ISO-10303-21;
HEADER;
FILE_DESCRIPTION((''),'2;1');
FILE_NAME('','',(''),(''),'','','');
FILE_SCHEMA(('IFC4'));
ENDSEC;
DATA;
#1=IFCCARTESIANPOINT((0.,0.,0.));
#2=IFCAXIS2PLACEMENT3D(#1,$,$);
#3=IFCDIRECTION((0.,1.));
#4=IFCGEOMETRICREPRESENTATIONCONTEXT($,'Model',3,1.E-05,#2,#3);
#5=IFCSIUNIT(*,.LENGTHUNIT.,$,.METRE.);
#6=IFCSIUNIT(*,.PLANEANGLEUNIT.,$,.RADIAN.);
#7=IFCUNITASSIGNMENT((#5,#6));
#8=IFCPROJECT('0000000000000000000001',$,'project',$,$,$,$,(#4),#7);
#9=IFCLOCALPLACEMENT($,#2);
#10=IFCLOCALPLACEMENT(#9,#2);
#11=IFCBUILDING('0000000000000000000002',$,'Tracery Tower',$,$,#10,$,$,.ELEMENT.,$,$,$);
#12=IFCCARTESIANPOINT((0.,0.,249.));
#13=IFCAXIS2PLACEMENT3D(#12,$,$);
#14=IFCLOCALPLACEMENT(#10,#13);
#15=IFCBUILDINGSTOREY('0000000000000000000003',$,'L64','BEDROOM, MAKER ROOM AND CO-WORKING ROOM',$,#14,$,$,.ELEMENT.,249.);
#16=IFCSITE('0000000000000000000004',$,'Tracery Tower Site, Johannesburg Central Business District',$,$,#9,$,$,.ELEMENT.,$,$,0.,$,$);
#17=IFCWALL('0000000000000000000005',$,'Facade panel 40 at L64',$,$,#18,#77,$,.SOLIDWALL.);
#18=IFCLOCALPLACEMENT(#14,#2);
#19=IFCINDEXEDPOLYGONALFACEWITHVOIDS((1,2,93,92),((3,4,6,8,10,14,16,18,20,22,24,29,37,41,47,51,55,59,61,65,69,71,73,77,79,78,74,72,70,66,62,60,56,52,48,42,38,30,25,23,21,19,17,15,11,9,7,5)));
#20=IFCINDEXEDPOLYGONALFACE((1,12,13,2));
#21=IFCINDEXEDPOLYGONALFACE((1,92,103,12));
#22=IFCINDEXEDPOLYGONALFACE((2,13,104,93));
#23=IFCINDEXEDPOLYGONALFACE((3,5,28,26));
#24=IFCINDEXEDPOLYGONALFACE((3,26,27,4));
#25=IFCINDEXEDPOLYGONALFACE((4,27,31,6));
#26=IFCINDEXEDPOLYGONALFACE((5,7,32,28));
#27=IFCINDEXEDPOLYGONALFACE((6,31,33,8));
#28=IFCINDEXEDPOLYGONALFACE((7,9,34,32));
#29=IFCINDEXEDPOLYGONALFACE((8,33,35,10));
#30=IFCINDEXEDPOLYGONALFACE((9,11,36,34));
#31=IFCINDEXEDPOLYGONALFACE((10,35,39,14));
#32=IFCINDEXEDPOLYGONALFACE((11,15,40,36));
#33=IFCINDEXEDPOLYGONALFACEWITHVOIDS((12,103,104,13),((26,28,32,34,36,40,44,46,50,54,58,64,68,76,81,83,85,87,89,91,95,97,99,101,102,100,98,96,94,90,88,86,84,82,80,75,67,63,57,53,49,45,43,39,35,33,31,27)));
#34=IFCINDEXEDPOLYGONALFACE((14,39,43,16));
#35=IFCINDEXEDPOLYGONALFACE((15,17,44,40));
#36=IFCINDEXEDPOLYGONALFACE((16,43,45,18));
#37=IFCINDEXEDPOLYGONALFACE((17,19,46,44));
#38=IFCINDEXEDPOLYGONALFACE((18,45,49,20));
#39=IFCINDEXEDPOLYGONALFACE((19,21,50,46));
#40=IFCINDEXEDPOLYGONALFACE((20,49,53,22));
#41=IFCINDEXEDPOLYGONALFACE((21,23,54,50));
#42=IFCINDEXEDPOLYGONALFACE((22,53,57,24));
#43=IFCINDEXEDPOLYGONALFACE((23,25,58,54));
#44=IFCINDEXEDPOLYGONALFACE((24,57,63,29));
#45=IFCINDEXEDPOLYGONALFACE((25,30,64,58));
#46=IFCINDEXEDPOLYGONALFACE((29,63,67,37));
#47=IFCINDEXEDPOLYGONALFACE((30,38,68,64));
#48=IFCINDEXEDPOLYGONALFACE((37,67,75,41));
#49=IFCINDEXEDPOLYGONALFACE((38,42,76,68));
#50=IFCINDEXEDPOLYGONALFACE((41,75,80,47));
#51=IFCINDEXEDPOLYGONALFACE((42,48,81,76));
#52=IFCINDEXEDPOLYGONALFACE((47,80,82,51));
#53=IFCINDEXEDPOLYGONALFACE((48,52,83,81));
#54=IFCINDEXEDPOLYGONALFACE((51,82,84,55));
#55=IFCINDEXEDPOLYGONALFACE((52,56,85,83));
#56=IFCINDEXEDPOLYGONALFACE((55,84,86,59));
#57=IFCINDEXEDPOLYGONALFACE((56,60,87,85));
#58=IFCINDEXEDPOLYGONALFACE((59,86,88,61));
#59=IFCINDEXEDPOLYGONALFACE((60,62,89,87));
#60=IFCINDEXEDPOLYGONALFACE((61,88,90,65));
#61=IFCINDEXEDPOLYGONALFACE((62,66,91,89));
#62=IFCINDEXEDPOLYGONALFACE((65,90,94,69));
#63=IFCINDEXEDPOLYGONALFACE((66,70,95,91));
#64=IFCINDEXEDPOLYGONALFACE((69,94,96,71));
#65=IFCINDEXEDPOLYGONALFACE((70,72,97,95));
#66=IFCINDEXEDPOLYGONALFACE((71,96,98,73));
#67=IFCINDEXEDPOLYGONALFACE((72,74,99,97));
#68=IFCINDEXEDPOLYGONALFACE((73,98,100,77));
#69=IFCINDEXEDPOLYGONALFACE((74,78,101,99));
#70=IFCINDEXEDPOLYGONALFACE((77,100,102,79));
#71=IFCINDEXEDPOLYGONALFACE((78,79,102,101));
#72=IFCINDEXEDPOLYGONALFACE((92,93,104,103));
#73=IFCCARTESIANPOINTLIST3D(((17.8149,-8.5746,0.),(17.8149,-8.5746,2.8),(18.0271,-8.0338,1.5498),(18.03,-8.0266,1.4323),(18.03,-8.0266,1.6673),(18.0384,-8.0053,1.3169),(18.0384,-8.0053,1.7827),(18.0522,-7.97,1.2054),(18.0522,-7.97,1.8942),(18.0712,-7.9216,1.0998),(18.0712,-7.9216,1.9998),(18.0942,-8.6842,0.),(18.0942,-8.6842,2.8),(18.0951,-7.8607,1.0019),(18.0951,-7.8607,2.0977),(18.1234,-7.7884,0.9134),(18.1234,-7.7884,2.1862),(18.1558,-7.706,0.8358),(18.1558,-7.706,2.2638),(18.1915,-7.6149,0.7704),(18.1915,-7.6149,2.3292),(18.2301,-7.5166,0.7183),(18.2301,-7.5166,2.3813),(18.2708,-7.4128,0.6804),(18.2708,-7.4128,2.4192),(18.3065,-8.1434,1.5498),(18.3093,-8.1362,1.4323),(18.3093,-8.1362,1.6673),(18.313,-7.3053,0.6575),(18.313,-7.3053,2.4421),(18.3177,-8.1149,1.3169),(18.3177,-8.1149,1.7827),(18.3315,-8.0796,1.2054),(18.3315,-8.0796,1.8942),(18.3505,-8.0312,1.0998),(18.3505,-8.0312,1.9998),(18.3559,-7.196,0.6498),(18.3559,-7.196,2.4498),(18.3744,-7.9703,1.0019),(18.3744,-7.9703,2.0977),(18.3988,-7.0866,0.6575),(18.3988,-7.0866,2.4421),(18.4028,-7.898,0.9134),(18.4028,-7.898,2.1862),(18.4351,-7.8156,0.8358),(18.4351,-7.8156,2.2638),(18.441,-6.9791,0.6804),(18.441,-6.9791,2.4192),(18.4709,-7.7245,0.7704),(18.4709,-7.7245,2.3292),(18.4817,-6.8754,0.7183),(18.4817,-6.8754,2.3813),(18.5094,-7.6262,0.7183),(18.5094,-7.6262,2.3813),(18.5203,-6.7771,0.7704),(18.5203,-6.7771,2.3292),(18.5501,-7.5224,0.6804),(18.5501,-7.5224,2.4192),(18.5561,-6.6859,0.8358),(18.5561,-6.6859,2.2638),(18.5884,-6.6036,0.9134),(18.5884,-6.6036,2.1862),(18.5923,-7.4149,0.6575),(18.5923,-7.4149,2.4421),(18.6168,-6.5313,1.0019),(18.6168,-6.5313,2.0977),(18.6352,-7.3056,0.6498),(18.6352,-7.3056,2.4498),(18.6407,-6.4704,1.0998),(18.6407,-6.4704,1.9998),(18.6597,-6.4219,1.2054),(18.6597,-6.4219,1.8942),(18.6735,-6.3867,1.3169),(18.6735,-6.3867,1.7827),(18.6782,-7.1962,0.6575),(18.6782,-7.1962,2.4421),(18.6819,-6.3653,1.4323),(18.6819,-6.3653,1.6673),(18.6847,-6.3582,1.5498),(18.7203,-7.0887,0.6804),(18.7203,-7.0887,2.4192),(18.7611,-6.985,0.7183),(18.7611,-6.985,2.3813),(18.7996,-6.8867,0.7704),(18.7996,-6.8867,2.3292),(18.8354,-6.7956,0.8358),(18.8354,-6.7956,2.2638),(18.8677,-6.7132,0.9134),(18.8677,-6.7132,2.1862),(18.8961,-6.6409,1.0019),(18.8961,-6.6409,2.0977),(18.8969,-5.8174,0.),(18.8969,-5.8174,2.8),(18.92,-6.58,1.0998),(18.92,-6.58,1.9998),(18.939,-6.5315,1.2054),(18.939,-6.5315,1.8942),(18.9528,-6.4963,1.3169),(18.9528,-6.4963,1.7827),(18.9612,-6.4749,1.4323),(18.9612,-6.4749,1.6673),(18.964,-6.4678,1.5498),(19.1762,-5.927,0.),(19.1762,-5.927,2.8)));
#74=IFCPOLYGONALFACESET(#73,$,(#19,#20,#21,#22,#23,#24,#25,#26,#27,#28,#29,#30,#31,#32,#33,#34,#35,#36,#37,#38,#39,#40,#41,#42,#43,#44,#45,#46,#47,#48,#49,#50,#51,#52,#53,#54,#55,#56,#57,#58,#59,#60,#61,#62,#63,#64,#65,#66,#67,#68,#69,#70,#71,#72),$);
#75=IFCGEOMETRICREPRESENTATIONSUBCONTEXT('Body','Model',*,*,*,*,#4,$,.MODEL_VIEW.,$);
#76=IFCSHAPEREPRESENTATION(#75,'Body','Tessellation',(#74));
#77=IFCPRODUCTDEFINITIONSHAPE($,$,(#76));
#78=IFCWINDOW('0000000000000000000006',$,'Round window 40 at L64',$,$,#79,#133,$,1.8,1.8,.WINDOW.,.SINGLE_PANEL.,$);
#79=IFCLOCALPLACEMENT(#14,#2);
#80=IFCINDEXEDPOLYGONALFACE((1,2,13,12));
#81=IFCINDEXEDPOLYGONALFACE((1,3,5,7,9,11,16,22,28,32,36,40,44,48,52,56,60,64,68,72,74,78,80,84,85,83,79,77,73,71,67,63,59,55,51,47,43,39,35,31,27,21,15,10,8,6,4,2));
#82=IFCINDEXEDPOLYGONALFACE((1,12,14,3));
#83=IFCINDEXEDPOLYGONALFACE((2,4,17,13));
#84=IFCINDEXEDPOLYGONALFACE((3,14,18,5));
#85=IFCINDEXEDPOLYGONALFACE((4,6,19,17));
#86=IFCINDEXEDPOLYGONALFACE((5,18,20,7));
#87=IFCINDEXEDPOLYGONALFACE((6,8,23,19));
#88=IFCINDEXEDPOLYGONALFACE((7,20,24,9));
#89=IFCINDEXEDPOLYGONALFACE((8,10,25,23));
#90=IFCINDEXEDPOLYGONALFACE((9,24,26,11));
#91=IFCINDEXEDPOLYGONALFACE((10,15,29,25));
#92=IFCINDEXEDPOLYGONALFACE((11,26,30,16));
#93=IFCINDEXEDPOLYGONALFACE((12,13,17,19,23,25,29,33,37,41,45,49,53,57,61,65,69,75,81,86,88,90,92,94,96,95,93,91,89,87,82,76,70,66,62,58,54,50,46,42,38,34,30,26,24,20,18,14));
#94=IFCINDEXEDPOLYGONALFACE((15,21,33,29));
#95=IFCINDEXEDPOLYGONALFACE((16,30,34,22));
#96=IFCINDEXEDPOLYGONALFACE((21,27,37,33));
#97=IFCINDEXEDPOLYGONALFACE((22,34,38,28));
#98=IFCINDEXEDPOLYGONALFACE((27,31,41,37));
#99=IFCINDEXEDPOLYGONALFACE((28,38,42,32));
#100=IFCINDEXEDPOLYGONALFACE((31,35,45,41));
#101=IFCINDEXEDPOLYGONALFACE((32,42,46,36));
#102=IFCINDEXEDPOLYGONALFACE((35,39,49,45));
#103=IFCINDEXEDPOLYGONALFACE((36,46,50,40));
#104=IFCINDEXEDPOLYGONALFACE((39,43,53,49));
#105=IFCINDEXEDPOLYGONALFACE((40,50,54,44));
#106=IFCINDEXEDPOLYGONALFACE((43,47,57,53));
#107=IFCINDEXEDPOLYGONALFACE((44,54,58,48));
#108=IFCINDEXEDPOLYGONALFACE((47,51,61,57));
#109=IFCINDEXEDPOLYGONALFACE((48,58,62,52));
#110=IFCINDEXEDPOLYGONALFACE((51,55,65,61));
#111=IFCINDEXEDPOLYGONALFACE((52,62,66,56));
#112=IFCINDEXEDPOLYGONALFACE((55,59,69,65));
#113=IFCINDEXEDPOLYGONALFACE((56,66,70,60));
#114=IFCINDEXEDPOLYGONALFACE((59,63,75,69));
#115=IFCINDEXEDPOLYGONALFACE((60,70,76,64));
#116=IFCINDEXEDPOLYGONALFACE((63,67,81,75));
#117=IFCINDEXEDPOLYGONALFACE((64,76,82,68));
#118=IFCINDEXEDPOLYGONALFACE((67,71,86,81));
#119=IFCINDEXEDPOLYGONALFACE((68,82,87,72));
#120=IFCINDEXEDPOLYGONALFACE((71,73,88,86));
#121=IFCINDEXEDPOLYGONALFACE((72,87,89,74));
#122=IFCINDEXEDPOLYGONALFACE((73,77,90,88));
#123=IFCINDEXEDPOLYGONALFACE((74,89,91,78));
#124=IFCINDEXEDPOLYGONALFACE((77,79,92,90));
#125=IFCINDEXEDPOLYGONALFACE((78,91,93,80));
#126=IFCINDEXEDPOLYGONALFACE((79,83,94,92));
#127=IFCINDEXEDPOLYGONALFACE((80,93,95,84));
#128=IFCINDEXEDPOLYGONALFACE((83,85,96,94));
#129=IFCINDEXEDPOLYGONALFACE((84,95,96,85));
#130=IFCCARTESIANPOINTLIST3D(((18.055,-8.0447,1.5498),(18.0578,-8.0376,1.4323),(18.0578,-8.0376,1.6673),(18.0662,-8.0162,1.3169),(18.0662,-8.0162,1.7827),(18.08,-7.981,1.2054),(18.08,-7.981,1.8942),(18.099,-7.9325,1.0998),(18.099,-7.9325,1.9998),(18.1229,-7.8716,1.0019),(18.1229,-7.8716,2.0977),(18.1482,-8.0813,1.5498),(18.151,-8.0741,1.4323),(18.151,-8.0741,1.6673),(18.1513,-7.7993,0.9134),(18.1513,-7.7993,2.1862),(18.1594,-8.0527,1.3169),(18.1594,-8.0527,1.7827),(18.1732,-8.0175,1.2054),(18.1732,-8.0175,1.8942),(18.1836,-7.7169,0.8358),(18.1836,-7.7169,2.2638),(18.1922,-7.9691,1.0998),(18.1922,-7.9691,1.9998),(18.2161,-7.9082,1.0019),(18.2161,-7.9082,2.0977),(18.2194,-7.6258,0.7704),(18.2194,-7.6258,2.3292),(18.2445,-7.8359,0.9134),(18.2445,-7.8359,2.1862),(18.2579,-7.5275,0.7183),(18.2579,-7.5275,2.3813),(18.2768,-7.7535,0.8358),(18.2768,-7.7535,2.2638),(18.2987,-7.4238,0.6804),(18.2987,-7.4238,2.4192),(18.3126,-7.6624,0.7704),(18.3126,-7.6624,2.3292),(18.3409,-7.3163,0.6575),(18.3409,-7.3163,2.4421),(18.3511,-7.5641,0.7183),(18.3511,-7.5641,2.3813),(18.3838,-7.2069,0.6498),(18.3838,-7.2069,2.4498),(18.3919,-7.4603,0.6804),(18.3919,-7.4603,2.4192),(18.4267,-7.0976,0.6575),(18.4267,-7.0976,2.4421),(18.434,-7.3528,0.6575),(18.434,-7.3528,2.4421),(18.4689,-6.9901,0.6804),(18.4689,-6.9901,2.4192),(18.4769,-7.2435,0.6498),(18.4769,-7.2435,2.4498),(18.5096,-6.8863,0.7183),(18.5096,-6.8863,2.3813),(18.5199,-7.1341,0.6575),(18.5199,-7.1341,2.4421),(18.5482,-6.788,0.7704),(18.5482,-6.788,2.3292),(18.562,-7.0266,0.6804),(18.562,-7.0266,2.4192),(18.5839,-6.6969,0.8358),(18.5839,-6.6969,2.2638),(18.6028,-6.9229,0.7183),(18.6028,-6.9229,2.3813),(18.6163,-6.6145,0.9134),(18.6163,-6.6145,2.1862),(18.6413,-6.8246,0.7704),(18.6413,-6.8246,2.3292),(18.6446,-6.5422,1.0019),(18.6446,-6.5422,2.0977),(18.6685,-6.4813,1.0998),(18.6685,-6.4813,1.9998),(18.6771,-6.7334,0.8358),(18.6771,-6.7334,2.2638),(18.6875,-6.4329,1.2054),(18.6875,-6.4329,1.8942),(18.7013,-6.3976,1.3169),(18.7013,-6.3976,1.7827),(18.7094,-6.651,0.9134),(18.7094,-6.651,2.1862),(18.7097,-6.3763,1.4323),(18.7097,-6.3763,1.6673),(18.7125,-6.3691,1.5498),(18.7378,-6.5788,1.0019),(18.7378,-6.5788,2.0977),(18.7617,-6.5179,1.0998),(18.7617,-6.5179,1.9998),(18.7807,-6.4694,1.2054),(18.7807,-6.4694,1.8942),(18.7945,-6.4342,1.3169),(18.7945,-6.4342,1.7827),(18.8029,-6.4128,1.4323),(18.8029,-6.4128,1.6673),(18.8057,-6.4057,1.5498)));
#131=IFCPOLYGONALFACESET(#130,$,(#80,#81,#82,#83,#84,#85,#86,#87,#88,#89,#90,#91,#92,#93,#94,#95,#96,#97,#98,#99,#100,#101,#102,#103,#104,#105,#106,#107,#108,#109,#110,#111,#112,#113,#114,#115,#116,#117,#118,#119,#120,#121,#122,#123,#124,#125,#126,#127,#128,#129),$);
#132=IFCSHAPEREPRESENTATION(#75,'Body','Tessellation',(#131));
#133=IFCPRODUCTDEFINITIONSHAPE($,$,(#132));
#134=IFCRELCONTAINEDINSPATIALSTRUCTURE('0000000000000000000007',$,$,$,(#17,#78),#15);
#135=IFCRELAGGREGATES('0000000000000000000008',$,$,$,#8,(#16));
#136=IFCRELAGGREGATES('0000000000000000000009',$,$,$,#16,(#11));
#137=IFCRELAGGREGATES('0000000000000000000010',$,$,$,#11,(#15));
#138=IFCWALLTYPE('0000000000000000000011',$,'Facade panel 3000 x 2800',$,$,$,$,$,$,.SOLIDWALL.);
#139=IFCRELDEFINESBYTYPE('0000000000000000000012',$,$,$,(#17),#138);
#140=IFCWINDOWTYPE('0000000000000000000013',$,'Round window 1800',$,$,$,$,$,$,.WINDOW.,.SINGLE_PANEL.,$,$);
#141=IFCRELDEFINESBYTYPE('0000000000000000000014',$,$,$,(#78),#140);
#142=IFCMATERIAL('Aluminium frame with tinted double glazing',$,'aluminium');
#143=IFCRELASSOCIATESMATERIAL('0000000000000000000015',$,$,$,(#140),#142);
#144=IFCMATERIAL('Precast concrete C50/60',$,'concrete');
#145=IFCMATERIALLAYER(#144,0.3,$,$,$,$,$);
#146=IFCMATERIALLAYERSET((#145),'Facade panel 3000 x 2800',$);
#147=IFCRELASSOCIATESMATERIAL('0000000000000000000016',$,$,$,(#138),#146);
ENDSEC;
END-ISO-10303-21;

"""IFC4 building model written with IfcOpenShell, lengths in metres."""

from ifc_helpers import new_model, si_unit, direction, frame, frame_2d, origin, origin_2d, place, context, subcontext, project, spatial, rectangle, circle, extrude, material, layer, layer_set, type_object, element, fill, save


model = new_model("IFC4")

# Units and contexts
model_context = context("Model", 3, precision=1e-05, world=origin(), true_north=direction((0.0, 1.0)))
body_context = subcontext(model_context, "Body", "Model", "MODEL_VIEW")
ifc_project = project(units=[si_unit("LENGTHUNIT", "METRE"), si_unit("PLANEANGLEUNIT", "RADIAN")], contexts=[model_context])

# Site, building, storey
site_placement = place(None, origin())
site = spatial("IfcSite", under=ifc_project, at=site_placement, Name="Tracery Tower Site, Johannesburg Central Business District", CompositionType="ELEMENT", RefElevation=0.0)
building_placement = place(site_placement, origin())
building = spatial("IfcBuilding", under=site, at=building_placement, Name="Tracery Tower", CompositionType="ELEMENT")
storey_placement = place(building_placement, frame((0.0, 0.0, 249.0)))
storey = spatial("IfcBuildingStorey", under=building, at=storey_placement, Name="L64", Description="BEDROOM, MAKER ROOM AND CO-WORKING ROOM", CompositionType="ELEMENT", Elevation=249.0)

# Wall, opening, window
ifc_material_1 = material(Name="Aluminium frame with tinted double glazing", Category="aluminium")
window_type = type_object("IfcWindowType", Name="Round window 1800", PartitioningType="SINGLE_PANEL", PredefinedType="WINDOW", material=ifc_material_1)
ifc_material_2 = material(Name="Precast concrete C50/60", Category="concrete")
ifc_layer_1 = layer(ifc_material_2, 0.3)
ifc_layer_set_1 = layer_set([ifc_layer_1], Name="Facade panel 3000 x 2800")
wall_type_1 = type_object("IfcWallType", Name="Facade panel 3000 x 2800", PredefinedType="SOLIDWALL", material=ifc_layer_set_1)
wall_1_placement = place(storey_placement, frame((17.9546, -8.6294, 0.0), z_axis=(0.0, 0.0, 1.0), x_axis=(0.3653, 0.93089, 0.0)))
wall_1 = element("IfcWall", 1, at=wall_1_placement, inside=storey, type_object=wall_type_1, Name="Facade panel 40 at L64", PredefinedType="SOLIDWALL", context=body_context, shape_type="SweptSolid", body=[
    extrude(rectangle(XDim=2.9619, YDim=0.3, at=frame_2d((1.481, 0.0))), origin(), (0.0, 0.0, 1.0), 2.8),
])
opening_1_placement = place(wall_1_placement, frame((1.481, 0.0, 1.5498)))
opening_1 = element("IfcOpeningElement", 2, at=opening_1_placement, cuts=wall_1, PredefinedType="OPENING", context=body_context, shape_type="SweptSolid", body=[
    extrude(circle(Radius=0.9, at=origin_2d()), frame((0.0, 0.1599, 0.0), z_axis=(0.0, -1.0, 0.0), x_axis=(1.0, 0.0, 0.0)), (0.0, 0.0, 1.0), 0.3201),
])
window_1_placement = place(opening_1_placement, origin())
window_1 = element("IfcWindow", 3, at=window_1_placement, inside=storey, type_object=window_type, Name="Round window 40 at L64", OverallHeight=1.8, OverallWidth=1.8, PartitioningType="SINGLE_PANEL", PredefinedType="WINDOW", context=body_context, shape_type="SweptSolid", body=[
    extrude(circle(Radius=0.9, at=origin_2d()), frame((0.0, 0.1201, 0.0), z_axis=(0.0, -1.0, 0.0), x_axis=(1.0, 0.0, 0.0)), (0.0, 0.0, 1.0), 0.1001),
])
fill(opening_1, window_1)

save(model, "model.ifc")
